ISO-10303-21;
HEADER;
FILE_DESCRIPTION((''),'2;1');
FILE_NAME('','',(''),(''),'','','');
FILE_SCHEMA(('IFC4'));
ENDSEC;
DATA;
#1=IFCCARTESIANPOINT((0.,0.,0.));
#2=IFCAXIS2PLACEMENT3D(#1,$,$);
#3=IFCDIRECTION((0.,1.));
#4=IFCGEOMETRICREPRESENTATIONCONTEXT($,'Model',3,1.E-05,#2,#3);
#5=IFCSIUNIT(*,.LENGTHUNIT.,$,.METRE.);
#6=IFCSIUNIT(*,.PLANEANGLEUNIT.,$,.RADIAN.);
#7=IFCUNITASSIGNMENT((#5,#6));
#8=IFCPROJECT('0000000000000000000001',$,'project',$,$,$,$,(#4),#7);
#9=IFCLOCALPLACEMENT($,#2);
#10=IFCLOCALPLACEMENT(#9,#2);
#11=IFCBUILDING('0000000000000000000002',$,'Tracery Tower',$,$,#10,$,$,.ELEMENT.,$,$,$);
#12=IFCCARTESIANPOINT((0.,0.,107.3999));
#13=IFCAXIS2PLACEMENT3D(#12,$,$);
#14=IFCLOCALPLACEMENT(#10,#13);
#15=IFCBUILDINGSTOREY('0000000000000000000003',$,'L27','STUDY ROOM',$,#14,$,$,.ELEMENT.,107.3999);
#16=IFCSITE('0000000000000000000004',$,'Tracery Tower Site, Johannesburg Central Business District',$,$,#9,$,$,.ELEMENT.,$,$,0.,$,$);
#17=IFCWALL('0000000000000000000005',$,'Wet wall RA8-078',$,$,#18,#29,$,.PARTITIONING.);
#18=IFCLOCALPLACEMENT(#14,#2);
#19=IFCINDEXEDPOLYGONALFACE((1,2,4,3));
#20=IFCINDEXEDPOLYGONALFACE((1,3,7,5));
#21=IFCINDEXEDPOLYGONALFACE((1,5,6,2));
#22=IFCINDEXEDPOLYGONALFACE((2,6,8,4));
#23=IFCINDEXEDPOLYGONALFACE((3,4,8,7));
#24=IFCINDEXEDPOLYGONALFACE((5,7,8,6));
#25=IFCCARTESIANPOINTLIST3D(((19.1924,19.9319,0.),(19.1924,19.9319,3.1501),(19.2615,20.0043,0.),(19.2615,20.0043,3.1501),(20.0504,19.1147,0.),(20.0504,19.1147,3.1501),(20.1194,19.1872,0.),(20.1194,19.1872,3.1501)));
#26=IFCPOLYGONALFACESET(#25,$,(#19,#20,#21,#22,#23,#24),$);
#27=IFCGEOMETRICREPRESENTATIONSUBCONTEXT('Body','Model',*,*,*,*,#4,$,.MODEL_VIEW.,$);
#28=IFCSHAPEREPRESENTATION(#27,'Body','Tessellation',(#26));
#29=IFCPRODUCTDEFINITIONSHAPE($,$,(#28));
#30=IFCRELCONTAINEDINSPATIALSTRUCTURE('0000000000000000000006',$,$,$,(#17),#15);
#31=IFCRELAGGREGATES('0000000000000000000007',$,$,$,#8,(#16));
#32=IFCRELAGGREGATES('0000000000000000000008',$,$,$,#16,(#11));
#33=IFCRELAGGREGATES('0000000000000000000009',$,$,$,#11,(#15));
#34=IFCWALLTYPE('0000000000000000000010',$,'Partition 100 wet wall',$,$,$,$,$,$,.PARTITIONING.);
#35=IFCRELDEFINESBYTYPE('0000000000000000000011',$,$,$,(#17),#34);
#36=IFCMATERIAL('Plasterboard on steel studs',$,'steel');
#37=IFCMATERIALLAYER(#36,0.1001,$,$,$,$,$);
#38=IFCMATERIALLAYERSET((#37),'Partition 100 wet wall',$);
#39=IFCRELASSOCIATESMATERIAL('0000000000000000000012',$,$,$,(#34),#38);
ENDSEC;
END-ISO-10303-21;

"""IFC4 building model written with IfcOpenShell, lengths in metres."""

from ifc_helpers import new_model, si_unit, direction, frame, frame_2d, origin, place, context, subcontext, project, spatial, rectangle, extrude, material, layer, layer_set, type_object, element, save


model = new_model("IFC4")

# Units and contexts
model_context = context("Model", 3, precision=1e-05, world=origin(), true_north=direction((0.0, 1.0)))
body_context = subcontext(model_context, "Body", "Model", "MODEL_VIEW")
ifc_project = project(units=[si_unit("LENGTHUNIT", "METRE"), si_unit("PLANEANGLEUNIT", "RADIAN")], contexts=[model_context])

# Site, building, storey
site_placement = place(None, origin())
site = spatial("IfcSite", under=ifc_project, at=site_placement, Name="Tracery Tower Site, Johannesburg Central Business District", CompositionType="ELEMENT", RefElevation=0.0)
building_placement = place(site_placement, origin())
building = spatial("IfcBuilding", under=site, at=building_placement, Name="Tracery Tower", CompositionType="ELEMENT")
storey_placement = place(building_placement, frame((0.0, 0.0, 107.3999)))
storey = spatial("IfcBuildingStorey", under=building, at=storey_placement, Name="L27", Description="STUDY ROOM", CompositionType="ELEMENT", Elevation=107.3999)

# Wall
ifc_material_1 = material(Name="Plasterboard on steel studs", Category="steel")
ifc_layer_1 = layer(ifc_material_1, 0.1001)
ifc_layer_set_1 = layer_set([ifc_layer_1], Name="Partition 100 wet wall")
wall_type_1 = type_object("IfcWallType", Name="Partition 100 wet wall", PredefinedType="PARTITIONING", material=ifc_layer_set_1)
wall_1_placement = place(storey_placement, frame((19.2271, 19.968, 0.0), z_axis=(0.0, 0.0, 1.0), x_axis=(0.724104, -0.689691, 0.0)))
element("IfcWall", 1, at=wall_1_placement, inside=storey, type_object=wall_type_1, Name="Wet wall RA8-078", PredefinedType="PARTITIONING", context=body_context, shape_type="SweptSolid", body=[
    extrude(rectangle(XDim=1.1848, YDim=0.1001, at=frame_2d((0.5923, 0.0))), origin(), (0.0, 0.0, 1.0), 3.1501),
])

save(model, "model.ifc")
